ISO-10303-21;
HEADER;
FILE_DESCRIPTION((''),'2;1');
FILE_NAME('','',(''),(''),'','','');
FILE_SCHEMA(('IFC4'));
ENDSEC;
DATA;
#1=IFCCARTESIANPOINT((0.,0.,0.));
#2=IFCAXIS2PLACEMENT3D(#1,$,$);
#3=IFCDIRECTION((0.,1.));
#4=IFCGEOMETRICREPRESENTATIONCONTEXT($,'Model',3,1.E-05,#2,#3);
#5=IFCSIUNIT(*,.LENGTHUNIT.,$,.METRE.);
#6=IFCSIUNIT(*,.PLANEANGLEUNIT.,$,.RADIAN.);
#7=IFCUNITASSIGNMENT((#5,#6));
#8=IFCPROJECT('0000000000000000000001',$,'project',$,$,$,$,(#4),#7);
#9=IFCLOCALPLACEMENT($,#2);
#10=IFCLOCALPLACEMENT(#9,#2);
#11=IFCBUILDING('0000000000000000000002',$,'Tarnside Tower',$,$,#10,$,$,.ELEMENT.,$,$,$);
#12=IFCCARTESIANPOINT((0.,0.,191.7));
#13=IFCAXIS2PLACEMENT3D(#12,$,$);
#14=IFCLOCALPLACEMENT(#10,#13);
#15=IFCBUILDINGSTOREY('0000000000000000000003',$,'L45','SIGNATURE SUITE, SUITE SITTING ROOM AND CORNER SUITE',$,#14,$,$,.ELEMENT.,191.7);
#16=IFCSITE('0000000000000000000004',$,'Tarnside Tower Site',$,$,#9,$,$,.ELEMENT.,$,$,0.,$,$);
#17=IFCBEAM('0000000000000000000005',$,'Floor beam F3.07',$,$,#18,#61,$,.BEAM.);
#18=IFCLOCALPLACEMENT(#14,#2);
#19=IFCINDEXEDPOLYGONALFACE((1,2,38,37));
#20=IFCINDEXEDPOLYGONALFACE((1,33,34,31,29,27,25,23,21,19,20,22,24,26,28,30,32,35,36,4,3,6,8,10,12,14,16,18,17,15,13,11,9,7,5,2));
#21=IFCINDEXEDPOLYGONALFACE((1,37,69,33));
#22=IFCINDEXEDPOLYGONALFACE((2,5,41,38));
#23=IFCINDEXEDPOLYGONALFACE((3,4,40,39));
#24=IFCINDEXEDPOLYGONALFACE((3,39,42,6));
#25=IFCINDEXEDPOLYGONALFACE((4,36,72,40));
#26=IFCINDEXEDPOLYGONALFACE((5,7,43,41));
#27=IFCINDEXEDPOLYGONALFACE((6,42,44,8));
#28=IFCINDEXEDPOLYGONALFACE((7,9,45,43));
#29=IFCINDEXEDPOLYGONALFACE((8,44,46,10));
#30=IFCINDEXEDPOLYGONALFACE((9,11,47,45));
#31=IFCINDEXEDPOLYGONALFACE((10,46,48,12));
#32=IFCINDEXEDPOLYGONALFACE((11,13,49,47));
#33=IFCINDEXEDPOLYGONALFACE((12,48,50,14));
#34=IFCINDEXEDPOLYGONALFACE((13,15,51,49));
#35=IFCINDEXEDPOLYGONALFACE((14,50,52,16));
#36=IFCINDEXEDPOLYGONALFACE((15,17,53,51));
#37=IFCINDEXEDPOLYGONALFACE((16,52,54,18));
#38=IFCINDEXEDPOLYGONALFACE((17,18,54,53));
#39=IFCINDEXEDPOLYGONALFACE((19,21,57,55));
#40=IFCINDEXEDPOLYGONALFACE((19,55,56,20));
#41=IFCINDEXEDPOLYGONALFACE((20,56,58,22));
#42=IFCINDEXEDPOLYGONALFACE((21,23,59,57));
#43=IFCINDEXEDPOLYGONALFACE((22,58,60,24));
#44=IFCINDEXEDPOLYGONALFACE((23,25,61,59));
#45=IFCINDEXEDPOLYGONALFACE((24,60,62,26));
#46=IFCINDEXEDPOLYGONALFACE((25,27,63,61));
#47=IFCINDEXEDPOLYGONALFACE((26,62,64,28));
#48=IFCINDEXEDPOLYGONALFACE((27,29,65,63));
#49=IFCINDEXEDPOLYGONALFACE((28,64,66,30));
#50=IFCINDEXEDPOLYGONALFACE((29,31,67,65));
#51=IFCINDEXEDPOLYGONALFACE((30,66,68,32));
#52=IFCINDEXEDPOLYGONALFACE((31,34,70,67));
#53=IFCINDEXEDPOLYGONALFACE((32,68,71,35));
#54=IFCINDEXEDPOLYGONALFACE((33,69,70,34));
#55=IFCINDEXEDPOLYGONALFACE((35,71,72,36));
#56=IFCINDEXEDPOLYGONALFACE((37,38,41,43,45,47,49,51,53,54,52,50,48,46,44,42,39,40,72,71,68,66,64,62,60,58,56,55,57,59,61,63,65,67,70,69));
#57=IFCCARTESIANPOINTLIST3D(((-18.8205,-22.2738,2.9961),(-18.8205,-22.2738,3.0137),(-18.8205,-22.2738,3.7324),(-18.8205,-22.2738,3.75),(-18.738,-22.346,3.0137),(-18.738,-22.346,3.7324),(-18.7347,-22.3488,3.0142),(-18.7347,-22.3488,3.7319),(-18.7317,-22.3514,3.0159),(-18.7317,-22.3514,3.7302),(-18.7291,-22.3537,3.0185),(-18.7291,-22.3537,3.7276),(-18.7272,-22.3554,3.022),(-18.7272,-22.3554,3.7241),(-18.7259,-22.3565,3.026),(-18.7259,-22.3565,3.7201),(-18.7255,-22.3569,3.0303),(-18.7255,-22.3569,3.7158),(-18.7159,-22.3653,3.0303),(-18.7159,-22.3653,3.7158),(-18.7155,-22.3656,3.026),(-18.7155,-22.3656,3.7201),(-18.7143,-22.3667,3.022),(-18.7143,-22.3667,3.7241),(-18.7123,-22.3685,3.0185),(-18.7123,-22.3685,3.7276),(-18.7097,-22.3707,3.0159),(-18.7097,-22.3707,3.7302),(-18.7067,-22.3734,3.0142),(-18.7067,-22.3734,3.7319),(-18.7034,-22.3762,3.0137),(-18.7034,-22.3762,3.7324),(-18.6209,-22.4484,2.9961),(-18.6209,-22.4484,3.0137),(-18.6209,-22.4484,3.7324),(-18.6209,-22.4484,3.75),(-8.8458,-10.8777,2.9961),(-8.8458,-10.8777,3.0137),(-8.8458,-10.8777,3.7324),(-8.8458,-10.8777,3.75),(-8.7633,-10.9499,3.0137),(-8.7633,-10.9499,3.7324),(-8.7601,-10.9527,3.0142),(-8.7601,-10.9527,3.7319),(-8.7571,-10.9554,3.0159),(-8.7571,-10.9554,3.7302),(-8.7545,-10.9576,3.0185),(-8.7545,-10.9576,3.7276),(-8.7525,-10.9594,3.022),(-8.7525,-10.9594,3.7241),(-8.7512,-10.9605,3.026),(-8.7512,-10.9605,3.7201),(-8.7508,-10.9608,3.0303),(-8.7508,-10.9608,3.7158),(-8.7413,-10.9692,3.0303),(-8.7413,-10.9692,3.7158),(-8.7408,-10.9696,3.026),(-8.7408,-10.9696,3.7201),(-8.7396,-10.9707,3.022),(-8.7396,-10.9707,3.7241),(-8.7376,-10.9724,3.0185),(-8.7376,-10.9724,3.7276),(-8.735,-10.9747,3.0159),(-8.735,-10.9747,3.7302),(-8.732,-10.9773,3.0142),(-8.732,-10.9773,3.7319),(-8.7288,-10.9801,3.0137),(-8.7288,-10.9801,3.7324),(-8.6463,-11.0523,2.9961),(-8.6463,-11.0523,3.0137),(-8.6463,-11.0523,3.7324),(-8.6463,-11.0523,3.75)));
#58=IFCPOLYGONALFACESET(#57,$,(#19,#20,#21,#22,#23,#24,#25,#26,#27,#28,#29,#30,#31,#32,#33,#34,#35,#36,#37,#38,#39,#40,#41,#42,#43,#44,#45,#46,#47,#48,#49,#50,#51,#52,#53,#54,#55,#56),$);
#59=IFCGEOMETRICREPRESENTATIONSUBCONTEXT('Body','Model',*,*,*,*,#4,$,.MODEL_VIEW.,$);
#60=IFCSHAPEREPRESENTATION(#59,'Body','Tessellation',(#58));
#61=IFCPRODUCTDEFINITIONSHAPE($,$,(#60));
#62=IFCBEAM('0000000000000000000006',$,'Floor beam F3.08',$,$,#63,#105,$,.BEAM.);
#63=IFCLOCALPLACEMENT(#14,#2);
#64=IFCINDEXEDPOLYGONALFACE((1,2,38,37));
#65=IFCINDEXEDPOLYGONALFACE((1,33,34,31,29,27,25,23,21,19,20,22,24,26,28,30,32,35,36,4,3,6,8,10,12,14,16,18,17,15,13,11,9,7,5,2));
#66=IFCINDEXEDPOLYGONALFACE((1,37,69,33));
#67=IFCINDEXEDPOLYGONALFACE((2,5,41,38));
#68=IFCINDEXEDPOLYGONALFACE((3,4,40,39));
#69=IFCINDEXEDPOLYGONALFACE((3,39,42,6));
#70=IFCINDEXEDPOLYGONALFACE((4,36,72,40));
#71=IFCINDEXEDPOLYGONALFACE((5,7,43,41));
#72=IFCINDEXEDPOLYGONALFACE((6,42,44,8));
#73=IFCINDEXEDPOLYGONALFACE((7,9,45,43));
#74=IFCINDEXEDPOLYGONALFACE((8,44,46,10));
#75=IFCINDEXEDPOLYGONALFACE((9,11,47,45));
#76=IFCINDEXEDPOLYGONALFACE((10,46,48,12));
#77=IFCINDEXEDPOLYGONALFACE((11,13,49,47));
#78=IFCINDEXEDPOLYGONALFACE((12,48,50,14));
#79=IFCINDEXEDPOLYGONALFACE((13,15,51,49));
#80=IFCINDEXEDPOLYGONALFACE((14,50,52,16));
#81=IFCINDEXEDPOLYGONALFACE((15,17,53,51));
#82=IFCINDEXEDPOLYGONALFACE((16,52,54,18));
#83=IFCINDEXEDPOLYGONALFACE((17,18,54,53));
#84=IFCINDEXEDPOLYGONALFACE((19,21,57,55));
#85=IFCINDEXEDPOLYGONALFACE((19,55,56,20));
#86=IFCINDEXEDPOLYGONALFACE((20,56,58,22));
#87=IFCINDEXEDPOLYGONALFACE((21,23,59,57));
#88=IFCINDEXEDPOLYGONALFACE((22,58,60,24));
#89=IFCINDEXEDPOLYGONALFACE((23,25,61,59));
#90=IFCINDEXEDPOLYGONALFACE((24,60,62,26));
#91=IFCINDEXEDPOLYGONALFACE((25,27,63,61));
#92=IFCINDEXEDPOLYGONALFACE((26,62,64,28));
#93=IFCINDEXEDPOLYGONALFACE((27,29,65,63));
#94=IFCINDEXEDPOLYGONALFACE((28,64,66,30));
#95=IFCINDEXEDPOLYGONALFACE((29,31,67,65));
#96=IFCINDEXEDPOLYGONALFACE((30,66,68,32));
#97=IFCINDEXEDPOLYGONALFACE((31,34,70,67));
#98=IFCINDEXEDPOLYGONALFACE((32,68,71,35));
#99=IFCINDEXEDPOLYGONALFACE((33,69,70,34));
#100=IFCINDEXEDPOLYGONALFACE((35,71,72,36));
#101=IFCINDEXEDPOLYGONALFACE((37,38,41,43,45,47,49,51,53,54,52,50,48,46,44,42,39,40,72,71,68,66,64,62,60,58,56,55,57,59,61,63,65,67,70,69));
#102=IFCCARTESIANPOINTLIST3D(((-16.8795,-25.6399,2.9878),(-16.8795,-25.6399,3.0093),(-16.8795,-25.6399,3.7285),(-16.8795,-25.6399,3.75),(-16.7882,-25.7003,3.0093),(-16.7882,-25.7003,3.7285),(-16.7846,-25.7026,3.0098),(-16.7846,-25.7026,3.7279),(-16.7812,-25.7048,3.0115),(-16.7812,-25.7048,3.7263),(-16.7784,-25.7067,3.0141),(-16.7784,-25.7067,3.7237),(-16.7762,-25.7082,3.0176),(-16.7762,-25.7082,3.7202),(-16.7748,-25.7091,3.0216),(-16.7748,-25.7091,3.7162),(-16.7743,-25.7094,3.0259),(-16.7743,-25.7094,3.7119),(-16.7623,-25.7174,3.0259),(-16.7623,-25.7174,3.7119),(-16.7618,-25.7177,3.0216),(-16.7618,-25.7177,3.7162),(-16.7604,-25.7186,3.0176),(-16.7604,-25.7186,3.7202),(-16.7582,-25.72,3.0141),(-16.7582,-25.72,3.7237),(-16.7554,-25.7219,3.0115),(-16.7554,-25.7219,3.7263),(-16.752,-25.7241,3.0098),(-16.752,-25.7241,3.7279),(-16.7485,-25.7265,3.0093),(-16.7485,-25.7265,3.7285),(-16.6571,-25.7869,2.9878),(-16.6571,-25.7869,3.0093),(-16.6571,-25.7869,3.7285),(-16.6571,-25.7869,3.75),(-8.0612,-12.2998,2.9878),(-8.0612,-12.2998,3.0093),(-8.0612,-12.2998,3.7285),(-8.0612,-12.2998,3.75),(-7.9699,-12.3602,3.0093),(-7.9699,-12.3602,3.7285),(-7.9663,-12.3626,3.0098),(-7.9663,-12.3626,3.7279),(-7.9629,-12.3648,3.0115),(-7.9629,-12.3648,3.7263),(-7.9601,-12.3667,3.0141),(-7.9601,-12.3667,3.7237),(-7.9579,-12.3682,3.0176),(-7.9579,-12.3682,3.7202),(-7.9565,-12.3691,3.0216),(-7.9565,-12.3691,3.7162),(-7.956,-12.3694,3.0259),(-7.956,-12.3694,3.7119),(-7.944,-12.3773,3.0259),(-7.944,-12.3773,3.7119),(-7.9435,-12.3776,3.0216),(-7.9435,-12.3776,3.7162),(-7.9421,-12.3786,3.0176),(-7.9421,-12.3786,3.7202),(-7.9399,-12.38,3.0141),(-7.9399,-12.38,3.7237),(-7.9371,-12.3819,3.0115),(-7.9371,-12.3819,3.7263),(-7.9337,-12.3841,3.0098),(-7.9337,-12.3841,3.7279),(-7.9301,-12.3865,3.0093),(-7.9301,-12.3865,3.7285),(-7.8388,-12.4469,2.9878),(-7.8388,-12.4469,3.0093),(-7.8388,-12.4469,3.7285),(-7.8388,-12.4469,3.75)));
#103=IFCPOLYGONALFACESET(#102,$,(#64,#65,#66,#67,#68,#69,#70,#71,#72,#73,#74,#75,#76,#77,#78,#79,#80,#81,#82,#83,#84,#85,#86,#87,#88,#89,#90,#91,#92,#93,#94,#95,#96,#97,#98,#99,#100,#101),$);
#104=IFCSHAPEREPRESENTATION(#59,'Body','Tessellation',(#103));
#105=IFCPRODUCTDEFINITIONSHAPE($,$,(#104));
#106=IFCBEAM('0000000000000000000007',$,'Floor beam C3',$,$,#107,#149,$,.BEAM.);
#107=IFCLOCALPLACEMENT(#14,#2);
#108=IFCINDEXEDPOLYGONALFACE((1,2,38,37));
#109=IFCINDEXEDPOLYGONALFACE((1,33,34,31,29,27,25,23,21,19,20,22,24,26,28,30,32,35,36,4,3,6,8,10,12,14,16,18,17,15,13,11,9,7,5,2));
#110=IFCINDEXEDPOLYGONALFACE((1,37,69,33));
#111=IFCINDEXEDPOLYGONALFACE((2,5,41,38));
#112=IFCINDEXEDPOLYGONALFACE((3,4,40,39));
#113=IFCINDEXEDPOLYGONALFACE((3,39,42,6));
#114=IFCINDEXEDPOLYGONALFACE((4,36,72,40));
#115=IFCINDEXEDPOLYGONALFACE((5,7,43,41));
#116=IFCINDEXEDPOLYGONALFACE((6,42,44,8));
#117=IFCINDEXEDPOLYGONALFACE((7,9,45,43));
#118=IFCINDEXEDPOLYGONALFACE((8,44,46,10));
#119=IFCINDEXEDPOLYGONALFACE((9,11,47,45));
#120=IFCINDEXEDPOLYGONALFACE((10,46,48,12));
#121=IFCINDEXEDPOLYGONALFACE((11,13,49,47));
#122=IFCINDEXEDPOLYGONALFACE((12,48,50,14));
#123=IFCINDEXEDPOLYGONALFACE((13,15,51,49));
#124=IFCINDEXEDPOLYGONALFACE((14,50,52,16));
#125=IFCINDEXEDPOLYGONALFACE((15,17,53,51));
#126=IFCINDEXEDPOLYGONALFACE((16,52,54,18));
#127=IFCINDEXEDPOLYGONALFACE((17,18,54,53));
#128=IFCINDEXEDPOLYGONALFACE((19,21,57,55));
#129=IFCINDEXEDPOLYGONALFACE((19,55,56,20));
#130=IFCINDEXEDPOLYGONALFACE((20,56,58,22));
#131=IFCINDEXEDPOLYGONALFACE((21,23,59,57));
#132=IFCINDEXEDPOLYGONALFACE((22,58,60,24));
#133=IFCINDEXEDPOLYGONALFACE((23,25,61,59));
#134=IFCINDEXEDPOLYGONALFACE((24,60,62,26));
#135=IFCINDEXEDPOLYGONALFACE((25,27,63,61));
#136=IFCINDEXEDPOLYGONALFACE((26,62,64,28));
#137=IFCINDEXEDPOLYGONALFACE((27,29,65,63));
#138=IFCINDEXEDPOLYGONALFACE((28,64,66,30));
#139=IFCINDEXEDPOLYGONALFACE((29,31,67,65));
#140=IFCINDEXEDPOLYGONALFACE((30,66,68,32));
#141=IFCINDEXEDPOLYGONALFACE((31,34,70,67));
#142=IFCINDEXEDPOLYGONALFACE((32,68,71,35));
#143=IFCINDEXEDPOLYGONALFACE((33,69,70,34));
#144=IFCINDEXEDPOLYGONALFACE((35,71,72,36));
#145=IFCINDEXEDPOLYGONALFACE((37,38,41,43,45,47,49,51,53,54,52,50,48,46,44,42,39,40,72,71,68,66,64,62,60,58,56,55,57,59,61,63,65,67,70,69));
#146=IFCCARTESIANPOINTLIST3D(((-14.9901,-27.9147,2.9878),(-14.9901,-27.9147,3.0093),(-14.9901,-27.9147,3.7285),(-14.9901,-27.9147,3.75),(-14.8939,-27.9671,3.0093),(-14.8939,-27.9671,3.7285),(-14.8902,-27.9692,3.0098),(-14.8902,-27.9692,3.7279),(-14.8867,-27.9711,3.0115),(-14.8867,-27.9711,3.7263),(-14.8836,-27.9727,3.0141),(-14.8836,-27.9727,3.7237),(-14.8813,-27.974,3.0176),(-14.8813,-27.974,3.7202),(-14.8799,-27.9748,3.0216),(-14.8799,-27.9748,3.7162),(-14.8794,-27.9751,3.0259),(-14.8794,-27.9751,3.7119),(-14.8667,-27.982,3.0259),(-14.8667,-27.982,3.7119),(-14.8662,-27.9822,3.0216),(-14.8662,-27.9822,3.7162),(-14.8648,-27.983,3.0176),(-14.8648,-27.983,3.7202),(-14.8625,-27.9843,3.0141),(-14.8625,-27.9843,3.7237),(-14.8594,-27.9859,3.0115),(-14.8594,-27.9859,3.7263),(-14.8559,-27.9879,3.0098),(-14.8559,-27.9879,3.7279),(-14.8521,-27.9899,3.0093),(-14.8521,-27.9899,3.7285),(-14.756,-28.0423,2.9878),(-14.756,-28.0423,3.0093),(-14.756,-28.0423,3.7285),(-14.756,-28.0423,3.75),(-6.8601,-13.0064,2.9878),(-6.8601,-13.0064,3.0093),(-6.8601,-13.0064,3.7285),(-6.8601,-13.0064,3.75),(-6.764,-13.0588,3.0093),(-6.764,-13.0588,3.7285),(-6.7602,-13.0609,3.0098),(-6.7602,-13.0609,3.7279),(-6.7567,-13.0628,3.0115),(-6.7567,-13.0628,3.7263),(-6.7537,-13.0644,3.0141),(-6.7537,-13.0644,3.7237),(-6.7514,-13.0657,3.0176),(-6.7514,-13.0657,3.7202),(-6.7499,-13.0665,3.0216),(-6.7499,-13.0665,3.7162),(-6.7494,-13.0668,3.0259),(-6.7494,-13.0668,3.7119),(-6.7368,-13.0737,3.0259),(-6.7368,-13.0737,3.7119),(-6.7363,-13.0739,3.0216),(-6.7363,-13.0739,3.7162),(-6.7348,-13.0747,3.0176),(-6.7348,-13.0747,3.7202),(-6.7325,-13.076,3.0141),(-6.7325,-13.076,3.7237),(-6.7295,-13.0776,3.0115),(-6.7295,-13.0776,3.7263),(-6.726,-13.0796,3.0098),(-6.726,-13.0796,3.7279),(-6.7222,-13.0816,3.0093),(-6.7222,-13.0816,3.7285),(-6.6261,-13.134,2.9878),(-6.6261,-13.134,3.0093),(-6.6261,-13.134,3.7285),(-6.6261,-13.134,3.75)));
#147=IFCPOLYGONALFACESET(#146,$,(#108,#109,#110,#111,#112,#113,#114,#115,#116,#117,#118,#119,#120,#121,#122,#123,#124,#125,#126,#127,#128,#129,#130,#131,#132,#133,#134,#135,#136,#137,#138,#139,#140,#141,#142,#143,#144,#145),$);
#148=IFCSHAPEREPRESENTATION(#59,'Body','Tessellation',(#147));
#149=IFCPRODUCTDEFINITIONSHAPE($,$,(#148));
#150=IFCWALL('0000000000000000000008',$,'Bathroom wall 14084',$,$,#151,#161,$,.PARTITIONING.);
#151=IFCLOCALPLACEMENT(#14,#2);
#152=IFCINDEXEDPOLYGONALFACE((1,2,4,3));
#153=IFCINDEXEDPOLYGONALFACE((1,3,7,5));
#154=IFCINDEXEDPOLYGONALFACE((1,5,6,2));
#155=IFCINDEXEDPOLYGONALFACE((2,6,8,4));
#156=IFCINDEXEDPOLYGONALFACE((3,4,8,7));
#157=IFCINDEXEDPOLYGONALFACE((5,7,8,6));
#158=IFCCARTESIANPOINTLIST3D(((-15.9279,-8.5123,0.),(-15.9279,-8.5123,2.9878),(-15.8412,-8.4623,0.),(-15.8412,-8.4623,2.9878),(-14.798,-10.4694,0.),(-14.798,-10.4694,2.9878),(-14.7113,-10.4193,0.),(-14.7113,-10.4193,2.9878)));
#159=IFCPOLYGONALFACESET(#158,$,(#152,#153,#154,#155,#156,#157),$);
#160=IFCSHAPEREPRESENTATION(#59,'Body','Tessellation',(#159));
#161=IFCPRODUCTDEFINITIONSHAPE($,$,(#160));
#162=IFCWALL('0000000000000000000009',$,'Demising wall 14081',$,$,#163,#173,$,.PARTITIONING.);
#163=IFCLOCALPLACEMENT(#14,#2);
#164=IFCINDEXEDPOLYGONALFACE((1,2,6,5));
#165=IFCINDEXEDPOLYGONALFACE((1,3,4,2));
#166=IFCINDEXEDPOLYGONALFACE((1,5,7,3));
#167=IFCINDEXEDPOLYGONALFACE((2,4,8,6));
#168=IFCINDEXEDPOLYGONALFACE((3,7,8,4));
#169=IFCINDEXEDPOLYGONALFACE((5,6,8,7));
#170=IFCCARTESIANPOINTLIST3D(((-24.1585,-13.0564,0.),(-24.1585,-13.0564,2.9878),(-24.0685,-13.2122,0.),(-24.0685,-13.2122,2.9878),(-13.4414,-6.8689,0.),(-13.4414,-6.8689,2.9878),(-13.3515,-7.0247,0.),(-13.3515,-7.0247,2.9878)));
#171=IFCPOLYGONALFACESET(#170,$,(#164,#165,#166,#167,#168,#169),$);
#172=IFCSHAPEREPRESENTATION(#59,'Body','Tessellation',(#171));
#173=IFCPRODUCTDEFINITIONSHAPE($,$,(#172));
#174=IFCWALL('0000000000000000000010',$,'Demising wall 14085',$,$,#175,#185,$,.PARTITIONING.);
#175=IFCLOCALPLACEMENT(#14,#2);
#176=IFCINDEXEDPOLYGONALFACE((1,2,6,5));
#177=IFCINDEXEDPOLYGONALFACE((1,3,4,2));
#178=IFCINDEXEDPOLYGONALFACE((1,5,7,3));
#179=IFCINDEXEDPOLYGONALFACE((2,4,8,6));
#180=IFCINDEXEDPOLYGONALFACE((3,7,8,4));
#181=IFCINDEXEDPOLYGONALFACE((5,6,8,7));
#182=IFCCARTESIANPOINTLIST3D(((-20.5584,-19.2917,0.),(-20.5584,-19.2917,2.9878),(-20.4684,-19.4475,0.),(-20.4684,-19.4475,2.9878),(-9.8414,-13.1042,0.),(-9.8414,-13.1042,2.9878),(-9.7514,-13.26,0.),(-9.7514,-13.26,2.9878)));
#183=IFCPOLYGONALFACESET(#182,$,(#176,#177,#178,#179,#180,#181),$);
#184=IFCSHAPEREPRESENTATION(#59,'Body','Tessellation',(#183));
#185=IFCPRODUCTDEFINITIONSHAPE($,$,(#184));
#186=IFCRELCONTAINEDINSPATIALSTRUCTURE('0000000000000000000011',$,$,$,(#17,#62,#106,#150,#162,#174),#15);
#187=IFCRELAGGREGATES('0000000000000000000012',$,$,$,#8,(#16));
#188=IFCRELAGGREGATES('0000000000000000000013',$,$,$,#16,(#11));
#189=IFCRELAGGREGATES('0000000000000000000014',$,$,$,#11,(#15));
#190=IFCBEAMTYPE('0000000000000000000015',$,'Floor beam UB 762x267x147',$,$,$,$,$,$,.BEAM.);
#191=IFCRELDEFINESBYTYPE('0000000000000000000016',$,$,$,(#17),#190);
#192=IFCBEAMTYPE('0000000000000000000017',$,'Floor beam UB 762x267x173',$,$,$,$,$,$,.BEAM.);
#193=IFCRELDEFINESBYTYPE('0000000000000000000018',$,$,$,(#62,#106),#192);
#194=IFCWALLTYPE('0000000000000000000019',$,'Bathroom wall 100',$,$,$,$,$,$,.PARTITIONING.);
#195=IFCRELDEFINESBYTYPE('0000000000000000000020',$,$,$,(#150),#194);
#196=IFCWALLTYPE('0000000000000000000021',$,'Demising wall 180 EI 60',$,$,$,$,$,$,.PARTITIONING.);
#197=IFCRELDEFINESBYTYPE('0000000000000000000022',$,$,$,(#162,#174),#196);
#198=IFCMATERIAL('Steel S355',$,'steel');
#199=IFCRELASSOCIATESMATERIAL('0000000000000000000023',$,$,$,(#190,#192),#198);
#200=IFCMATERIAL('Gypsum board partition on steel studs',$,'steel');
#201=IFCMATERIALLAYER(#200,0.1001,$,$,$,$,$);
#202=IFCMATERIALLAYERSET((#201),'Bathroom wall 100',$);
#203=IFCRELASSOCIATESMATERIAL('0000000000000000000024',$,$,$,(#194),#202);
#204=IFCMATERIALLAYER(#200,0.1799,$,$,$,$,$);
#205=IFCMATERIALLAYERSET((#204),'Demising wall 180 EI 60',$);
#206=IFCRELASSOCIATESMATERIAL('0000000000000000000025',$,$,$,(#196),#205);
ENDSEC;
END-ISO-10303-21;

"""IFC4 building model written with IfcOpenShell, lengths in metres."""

from ifc_helpers import new_model, si_unit, direction, frame, frame_2d, origin, origin_2d, place, context, subcontext, project, spatial, rectangle, i_section, extrude, material, layer, layer_set, material_profile, profile_set, type_object, element, save


model = new_model("IFC4")

# Units and contexts
model_context = context("Model", 3, precision=1e-05, world=origin(), true_north=direction((0.0, 1.0)))
body_context = subcontext(model_context, "Body", "Model", "MODEL_VIEW")
ifc_project = project(units=[si_unit("LENGTHUNIT", "METRE"), si_unit("PLANEANGLEUNIT", "RADIAN")], contexts=[model_context])

# Site, building, storey
site_placement = place(None, origin())
site = spatial("IfcSite", under=ifc_project, at=site_placement, Name="Tarnside Tower Site", CompositionType="ELEMENT", RefElevation=0.0)
building_placement = place(site_placement, origin())
building = spatial("IfcBuilding", under=site, at=building_placement, Name="Tarnside Tower", CompositionType="ELEMENT")
storey_placement = place(building_placement, frame((0.0, 0.0, 191.7)))
storey = spatial("IfcBuildingStorey", under=building, at=storey_placement, Name="L45", Description="SIGNATURE SUITE, SUITE SITTING ROOM AND CORNER SUITE", CompositionType="ELEMENT", Elevation=191.7)

# Beams
ifc_material_1 = material(Name="Steel S355", Category="steel")
ifc_material_profile_1 = material_profile(ifc_material_1, i_section(OverallWidth=0.2651, OverallDepth=0.7539, WebThickness=0.0127, FlangeThickness=0.0176, FilletRadius=0.0166, at=origin_2d()), Name="UB 762x267x147")
ifc_profile_set_1 = profile_set([ifc_material_profile_1], Name="Steel S355")
beam_type_1 = type_object("IfcBeamType", Name="Floor beam UB 762x267x147", PredefinedType="BEAM", material=ifc_profile_set_1)
beam_1_placement = place(storey_placement, frame((-18.7207, -22.3611, 3.373), z_axis=(0.658621, 0.752475, 0.0), x_axis=(-0.752475, 0.658621, 0.0)))
element("IfcBeam", 1, at=beam_1_placement, inside=storey, type_object=beam_type_1, Name="Floor beam F3.07", PredefinedType="BEAM", context=body_context, shape_type="SweptSolid", body=[
    extrude(i_section(OverallWidth=0.2651, OverallDepth=0.7539, WebThickness=0.0127, FlangeThickness=0.0176, FilletRadius=0.0166, at=origin_2d()), origin(), (0.0, 0.0, 1.0), 15.1448),
])
ifc_material_profile_2 = material_profile(ifc_material_1, i_section(OverallWidth=0.2666, OverallDepth=0.7622, WebThickness=0.0144, FlangeThickness=0.0215, FilletRadius=0.0166, at=origin_2d()), Name="UB 762x267x173")
ifc_profile_set_2 = profile_set([ifc_material_profile_2], Name="Steel S355")
beam_type_2 = type_object("IfcBeamType", Name="Floor beam UB 762x267x173", PredefinedType="BEAM", material=ifc_profile_set_2)
beam_2_placement = place(storey_placement, frame((-16.7683, -25.7134, 3.3689), z_axis=(0.551448, 0.83421, 0.0), x_axis=(-0.83421, 0.551448, 0.0)))
element("IfcBeam", 2, at=beam_2_placement, inside=storey, type_object=beam_type_2, Name="Floor beam F3.08", PredefinedType="BEAM", context=body_context, shape_type="SweptSolid", body=[
    extrude(i_section(OverallWidth=0.2666, OverallDepth=0.7622, WebThickness=0.0144, FlangeThickness=0.0215, FilletRadius=0.0166, at=origin_2d()), origin(), (0.0, 0.0, 1.0), 15.9912),
])
beam_3_placement = place(storey_placement, frame((-14.873, -27.9785, 3.3689), z_axis=(0.478768, 0.877942, 0.0), x_axis=(-0.877942, 0.478768, 0.0)))
element("IfcBeam", 3, at=beam_3_placement, inside=storey, type_object=beam_type_2, Name="Floor beam C3", PredefinedType="BEAM", context=body_context, shape_type="SweptSolid", body=[
    extrude(i_section(OverallWidth=0.2666, OverallDepth=0.7622, WebThickness=0.0144, FlangeThickness=0.0215, FilletRadius=0.0166, at=origin_2d()), origin(), (0.0, 0.0, 1.0), 16.981),
])

# Walls
ifc_material_2 = material(Name="Gypsum board partition on steel studs", Category="steel")
ifc_layer_1 = layer(ifc_material_2, 0.1001)
ifc_layer_set_1 = layer_set([ifc_layer_1], Name="Bathroom wall 100")
wall_type_1 = type_object("IfcWallType", Name="Bathroom wall 100", PredefinedType="PARTITIONING", material=ifc_layer_set_1)
wall_1_placement = place(storey_placement, frame((-14.7546, -10.4443, 0.0), z_axis=(0.0, 0.0, 1.0), x_axis=(-0.499997, 0.866027, 0.0)))
element("IfcWall", 4, at=wall_1_placement, inside=storey, type_object=wall_type_1, Name="Bathroom wall 14084", PredefinedType="PARTITIONING", context=body_context, shape_type="SweptSolid", body=[
    extrude(rectangle(XDim=2.2598, YDim=0.1001, at=frame_2d((1.1299, 0.0))), origin(), (0.0, 0.0, 1.0), 2.9878),
])
ifc_layer_2 = layer(ifc_material_2, 0.1799)
ifc_layer_set_2 = layer_set([ifc_layer_2], Name="Demising wall 180 EI 60")
wall_type_2 = type_object("IfcWallType", Name="Demising wall 180 EI 60", PredefinedType="PARTITIONING", material=ifc_layer_set_2)
for number, where, z_axis, x_axis, name in (
    (5, (-24.1135, -13.1343, 0.0), (0.0, 0.0, 1.0), (0.866025, 0.500001, 0.0), "Demising wall 14081"),
    (6, (-20.5134, -19.3696, 0.0), (0.0, 0.0, 1.0), (0.866025, 0.500001, 0.0), "Demising wall 14085"),
):
    element("IfcWall", number, at=place(storey_placement, frame(where, z_axis=z_axis, x_axis=x_axis)), inside=storey, type_object=wall_type_2, Name=name, PredefinedType="PARTITIONING", context=body_context, shape_type="SweptSolid", body=[
        extrude(rectangle(XDim=12.375, YDim=0.1799, at=frame_2d((6.1875, 0.0))), origin(), (0.0, 0.0, 1.0), 2.9878),
    ])

save(model, "model.ifc")
